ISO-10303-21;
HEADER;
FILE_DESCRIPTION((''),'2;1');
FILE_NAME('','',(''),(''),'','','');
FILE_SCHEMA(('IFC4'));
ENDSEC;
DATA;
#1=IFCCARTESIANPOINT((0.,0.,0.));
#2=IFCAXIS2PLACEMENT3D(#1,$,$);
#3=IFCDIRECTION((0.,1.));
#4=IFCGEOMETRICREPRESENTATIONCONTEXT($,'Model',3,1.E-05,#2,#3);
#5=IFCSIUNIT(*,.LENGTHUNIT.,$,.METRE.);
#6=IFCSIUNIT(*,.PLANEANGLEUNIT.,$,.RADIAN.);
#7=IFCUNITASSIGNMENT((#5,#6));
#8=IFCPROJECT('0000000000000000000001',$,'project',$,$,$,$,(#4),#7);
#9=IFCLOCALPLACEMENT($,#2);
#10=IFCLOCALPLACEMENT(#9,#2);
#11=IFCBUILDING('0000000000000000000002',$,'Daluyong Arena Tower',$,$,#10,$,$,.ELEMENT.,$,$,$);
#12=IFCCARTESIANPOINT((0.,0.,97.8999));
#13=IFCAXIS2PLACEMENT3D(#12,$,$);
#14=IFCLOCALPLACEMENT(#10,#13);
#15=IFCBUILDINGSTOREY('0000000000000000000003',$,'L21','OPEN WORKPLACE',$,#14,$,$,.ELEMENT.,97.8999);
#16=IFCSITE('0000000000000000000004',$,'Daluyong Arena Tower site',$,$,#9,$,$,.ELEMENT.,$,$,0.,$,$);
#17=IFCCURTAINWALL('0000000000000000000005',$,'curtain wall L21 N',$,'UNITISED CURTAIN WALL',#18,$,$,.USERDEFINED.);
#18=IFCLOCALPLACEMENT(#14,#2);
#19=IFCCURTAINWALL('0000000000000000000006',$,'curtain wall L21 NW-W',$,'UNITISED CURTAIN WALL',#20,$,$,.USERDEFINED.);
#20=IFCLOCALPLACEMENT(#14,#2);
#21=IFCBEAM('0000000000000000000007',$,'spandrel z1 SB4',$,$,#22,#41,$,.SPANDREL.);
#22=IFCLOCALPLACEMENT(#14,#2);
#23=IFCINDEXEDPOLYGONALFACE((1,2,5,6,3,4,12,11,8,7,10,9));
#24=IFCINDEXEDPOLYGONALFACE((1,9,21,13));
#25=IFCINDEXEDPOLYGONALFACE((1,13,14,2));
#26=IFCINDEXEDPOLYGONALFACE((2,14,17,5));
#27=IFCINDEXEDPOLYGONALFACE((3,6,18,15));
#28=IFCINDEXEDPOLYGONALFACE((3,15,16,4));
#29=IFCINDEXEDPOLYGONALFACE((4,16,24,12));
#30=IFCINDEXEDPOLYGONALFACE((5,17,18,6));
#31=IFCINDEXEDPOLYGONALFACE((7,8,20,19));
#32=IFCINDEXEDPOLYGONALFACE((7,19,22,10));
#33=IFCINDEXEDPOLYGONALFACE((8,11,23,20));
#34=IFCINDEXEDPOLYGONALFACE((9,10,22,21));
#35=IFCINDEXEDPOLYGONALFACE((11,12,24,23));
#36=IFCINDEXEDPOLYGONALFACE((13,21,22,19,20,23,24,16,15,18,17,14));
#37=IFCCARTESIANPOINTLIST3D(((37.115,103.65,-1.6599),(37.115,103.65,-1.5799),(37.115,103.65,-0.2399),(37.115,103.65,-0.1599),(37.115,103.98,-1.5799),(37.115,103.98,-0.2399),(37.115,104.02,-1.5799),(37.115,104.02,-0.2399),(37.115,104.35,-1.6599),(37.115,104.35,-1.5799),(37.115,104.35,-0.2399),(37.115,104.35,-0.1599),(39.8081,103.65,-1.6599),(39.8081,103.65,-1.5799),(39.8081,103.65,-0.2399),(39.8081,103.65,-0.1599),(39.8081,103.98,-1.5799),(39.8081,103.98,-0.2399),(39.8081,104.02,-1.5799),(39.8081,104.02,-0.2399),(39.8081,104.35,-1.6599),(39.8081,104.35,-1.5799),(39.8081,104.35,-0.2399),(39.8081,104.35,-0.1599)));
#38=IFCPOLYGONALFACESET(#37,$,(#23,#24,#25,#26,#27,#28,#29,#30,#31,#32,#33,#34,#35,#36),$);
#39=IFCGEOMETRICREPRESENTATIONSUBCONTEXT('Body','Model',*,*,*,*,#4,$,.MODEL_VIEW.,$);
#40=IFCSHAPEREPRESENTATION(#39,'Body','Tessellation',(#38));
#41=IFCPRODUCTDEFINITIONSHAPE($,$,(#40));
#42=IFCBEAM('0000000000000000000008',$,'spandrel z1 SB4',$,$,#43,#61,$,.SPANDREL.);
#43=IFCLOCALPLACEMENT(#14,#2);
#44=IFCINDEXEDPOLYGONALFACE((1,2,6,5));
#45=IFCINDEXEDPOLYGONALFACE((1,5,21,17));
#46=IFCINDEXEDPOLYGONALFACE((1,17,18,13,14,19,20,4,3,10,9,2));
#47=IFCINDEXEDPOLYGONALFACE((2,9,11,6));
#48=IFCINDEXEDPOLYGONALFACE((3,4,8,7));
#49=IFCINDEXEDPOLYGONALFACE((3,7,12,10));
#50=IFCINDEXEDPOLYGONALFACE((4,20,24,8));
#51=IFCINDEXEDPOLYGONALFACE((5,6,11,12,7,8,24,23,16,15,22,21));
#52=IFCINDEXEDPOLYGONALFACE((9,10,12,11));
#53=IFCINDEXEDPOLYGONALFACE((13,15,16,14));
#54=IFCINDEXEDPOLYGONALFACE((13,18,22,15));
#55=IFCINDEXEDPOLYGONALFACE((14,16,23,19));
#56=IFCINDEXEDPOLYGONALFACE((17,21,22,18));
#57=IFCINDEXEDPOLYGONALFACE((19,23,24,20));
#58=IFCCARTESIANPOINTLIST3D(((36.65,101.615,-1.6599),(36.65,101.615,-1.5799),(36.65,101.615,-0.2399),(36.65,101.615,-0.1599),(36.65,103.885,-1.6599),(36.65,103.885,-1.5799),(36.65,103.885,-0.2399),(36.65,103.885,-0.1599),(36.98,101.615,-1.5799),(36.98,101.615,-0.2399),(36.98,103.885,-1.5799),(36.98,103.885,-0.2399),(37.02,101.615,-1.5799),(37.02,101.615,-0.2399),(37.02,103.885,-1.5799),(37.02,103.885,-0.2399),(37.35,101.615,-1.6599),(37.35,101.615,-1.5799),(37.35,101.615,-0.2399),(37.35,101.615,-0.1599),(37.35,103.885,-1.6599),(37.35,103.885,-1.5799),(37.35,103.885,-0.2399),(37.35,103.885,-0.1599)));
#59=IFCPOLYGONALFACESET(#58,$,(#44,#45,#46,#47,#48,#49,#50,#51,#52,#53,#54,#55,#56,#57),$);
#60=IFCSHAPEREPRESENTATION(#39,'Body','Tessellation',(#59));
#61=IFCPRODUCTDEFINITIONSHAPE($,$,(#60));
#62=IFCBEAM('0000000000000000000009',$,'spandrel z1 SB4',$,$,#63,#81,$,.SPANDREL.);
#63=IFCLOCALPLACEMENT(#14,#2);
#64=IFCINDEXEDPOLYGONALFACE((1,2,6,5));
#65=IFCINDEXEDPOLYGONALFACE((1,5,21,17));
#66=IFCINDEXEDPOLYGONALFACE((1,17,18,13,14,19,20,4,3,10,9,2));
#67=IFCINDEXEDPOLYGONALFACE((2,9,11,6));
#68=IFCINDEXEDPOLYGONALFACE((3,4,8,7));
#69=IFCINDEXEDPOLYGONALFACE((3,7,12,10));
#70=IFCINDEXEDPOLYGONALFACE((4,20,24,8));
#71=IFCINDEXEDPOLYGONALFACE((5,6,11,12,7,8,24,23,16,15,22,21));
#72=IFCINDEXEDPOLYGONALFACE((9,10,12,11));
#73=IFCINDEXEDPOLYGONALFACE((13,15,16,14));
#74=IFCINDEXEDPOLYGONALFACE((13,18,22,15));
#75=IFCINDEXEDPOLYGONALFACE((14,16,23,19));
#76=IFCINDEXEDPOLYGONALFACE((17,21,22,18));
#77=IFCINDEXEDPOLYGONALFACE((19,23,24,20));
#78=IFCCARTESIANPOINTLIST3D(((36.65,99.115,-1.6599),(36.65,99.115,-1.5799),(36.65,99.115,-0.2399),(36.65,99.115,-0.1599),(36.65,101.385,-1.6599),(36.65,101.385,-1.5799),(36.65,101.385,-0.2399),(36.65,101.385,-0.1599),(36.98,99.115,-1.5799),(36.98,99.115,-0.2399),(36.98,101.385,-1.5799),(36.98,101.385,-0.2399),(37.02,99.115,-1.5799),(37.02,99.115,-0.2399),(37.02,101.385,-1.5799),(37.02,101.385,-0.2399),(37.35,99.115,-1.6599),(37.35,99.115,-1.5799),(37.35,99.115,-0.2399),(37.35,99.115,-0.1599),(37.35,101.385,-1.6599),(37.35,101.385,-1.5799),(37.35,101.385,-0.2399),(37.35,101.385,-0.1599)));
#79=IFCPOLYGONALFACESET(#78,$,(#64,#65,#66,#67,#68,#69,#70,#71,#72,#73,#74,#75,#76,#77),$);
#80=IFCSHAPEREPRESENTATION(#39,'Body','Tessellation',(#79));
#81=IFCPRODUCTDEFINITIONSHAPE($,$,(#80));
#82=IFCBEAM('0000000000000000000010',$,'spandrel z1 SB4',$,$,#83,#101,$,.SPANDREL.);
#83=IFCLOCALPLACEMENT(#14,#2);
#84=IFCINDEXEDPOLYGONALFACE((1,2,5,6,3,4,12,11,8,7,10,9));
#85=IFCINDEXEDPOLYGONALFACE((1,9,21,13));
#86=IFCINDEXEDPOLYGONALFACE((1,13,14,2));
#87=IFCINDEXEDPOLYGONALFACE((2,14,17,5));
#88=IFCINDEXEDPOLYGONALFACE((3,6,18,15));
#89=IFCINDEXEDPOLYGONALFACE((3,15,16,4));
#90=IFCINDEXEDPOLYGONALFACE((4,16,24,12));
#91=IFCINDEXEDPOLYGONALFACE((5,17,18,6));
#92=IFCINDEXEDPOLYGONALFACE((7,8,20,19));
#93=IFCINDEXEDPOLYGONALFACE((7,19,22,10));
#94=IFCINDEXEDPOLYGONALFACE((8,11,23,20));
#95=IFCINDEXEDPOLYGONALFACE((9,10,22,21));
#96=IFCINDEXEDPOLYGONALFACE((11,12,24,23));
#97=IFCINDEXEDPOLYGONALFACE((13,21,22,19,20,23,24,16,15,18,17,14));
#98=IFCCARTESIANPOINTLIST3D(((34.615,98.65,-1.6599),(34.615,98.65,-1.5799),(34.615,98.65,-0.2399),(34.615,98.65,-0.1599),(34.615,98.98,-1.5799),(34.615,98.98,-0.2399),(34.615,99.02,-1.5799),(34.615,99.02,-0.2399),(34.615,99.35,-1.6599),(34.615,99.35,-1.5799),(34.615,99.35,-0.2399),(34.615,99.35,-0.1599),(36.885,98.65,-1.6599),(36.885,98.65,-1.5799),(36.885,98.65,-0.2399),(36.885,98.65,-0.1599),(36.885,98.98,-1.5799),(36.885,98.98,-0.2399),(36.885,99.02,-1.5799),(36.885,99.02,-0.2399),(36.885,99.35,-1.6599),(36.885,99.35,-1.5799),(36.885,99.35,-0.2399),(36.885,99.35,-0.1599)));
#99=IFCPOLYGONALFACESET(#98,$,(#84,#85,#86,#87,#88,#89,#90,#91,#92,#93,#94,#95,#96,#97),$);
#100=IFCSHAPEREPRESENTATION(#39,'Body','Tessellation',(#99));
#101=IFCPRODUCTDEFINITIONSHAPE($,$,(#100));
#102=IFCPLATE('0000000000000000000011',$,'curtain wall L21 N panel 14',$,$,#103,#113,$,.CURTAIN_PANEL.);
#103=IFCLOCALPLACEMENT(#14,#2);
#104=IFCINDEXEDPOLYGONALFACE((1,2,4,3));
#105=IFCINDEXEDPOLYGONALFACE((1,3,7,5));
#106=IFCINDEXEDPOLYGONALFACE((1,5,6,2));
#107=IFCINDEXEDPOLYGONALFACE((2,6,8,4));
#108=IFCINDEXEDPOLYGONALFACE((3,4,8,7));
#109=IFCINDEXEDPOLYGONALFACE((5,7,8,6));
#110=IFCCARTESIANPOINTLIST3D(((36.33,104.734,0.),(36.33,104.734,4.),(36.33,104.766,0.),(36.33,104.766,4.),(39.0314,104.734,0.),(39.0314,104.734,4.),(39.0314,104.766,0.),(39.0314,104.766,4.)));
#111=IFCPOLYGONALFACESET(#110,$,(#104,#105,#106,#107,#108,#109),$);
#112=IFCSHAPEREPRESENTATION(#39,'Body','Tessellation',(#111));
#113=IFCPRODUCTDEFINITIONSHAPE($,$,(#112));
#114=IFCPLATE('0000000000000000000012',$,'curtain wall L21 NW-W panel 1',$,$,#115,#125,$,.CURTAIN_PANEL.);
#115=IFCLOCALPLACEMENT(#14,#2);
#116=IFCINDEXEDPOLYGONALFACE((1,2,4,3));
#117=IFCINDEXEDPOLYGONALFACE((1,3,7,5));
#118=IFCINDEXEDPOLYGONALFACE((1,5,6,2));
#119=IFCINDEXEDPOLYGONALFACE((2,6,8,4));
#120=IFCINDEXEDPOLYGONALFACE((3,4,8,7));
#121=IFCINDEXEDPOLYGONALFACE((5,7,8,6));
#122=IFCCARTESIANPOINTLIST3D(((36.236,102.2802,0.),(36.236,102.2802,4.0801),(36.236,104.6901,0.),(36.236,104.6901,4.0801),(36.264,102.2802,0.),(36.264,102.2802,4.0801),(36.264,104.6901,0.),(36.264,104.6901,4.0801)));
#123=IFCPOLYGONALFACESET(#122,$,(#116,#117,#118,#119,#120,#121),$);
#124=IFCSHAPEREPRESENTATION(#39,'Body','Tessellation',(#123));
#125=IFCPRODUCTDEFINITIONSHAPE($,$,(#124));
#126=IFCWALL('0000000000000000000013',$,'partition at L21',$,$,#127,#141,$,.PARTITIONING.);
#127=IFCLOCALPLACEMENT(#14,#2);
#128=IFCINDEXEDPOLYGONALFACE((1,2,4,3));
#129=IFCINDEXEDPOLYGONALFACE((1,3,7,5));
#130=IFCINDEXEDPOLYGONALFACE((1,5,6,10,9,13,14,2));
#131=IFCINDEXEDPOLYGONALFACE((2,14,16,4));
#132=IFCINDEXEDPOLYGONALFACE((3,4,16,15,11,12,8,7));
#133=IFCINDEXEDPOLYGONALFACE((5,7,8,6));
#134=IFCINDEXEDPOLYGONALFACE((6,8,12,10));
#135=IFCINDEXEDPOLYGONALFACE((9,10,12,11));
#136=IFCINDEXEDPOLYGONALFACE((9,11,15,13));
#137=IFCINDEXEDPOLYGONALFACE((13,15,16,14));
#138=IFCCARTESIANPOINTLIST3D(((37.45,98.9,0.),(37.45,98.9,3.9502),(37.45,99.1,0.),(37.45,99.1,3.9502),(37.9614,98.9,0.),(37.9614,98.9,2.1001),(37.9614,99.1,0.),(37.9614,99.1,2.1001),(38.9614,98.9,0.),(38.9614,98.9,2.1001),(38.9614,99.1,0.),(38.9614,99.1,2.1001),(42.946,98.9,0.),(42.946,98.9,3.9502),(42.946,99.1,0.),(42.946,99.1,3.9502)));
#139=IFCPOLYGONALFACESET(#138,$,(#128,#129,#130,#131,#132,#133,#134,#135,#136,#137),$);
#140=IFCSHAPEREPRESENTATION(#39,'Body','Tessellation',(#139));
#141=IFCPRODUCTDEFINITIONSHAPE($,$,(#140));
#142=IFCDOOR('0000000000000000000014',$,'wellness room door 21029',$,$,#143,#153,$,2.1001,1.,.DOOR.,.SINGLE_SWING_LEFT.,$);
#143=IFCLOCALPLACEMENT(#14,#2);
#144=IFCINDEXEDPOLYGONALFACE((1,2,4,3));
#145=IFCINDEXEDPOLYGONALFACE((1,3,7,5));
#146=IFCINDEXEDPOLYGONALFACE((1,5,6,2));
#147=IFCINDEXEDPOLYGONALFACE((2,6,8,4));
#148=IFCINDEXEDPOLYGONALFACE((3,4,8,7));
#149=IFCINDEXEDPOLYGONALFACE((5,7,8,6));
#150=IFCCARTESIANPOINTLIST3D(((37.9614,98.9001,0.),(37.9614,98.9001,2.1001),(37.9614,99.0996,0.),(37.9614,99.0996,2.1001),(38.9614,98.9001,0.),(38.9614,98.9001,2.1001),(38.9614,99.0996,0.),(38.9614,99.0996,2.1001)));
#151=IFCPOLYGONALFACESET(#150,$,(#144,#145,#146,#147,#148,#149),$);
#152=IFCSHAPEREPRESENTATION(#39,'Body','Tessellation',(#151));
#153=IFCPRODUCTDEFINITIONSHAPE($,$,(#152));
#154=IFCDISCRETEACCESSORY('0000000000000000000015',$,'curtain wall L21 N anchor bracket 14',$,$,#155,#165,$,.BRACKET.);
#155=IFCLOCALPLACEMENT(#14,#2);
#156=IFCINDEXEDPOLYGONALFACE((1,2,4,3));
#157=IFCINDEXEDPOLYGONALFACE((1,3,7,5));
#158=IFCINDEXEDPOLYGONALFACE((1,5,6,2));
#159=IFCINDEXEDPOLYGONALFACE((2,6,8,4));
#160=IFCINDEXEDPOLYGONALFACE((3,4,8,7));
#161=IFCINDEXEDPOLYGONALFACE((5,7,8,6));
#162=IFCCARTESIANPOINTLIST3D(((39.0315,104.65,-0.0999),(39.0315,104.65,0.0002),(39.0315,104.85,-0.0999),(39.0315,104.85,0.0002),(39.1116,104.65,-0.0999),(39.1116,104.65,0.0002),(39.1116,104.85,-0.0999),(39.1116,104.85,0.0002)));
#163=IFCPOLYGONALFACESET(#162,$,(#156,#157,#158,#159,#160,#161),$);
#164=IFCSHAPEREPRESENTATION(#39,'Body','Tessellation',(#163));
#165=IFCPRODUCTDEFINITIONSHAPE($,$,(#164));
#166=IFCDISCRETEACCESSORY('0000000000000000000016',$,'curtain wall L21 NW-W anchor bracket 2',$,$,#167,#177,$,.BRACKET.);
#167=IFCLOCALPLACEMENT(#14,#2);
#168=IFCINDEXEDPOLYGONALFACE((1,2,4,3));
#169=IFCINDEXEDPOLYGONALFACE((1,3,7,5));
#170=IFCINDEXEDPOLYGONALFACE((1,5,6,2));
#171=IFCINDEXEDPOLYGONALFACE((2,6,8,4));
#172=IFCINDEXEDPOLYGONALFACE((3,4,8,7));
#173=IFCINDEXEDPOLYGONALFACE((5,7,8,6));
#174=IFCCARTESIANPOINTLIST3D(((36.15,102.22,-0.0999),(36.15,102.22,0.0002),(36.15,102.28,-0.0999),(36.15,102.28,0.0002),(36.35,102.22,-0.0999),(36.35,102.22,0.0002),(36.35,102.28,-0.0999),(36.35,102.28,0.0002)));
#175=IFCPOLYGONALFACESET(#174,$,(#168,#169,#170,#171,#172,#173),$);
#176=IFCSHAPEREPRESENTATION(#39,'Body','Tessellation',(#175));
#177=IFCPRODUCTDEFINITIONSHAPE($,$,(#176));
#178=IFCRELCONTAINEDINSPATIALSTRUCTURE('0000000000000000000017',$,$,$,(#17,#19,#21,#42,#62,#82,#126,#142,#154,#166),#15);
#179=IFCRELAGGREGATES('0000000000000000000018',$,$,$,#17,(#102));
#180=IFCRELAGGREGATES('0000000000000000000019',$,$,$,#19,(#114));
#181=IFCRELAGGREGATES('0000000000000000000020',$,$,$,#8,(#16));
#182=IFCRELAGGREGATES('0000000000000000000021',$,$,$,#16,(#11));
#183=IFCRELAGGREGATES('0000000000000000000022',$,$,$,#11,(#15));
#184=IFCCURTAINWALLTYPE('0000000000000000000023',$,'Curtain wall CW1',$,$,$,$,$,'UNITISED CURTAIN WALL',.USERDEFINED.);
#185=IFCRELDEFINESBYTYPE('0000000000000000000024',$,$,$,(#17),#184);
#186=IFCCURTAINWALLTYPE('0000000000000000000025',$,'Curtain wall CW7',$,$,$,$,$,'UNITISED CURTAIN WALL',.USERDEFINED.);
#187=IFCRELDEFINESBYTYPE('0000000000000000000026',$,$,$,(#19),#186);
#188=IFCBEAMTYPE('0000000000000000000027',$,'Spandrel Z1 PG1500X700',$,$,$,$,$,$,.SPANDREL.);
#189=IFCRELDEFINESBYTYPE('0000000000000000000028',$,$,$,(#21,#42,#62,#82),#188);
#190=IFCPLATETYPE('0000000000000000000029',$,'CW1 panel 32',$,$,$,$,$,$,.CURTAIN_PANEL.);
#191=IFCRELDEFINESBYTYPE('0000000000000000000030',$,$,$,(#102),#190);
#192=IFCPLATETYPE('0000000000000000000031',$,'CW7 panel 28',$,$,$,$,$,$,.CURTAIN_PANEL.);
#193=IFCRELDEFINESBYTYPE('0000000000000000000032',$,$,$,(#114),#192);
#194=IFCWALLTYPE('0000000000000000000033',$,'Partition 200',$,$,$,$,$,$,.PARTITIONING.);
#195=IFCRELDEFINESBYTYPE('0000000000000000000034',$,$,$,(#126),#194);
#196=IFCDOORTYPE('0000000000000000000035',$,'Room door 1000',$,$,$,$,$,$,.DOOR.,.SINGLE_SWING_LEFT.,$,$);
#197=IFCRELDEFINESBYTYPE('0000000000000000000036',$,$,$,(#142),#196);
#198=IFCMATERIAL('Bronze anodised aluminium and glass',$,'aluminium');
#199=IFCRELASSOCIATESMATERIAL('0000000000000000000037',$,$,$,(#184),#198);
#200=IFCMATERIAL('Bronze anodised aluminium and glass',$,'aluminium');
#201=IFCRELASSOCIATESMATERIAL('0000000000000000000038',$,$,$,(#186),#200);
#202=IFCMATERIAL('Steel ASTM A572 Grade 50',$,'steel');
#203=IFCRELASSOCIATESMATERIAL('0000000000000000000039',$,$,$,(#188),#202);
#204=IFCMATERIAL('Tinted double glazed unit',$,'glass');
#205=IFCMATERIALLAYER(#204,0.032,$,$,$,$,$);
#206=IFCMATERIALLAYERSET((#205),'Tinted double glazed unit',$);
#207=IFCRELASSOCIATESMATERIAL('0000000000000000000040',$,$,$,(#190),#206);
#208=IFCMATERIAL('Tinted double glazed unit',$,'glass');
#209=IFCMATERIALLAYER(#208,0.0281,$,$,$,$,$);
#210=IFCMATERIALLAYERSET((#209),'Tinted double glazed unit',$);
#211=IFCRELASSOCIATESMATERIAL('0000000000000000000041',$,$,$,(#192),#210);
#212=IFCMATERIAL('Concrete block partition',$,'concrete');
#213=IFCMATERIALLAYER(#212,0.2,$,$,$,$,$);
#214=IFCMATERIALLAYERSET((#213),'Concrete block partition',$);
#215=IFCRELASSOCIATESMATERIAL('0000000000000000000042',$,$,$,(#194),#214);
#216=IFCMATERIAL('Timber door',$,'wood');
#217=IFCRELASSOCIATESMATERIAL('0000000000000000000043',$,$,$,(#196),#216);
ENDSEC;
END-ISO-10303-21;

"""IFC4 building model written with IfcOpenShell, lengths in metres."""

from ifc_helpers import new_model, si_unit, direction, frame, frame_2d, origin, origin_2d, place, context, subcontext, project, spatial, rectangle, i_section, extrude, material, layer, layer_set, material_profile, profile_set, type_object, element, fill, aggregate, save


model = new_model("IFC4")

# Units and contexts
model_context = context("Model", 3, precision=1e-05, world=origin(), true_north=direction((0.0, 1.0)))
body_context = subcontext(model_context, "Body", "Model", "MODEL_VIEW")
ifc_project = project(units=[si_unit("LENGTHUNIT", "METRE"), si_unit("PLANEANGLEUNIT", "RADIAN")], contexts=[model_context])

# Site, building, storey
site_placement = place(None, origin())
site = spatial("IfcSite", under=ifc_project, at=site_placement, Name="Daluyong Arena Tower site", CompositionType="ELEMENT", RefElevation=0.0)
building_placement = place(site_placement, origin())
building = spatial("IfcBuilding", under=site, at=building_placement, Name="Daluyong Arena Tower", CompositionType="ELEMENT")
storey_placement = place(building_placement, frame((0.0, 0.0, 97.8999)))
storey = spatial("IfcBuildingStorey", under=building, at=storey_placement, Name="L21", Description="OPEN WORKPLACE", CompositionType="ELEMENT", Elevation=97.8999)

# Curtain walls
ifc_material_1 = material(Name="Bronze anodised aluminium and glass", Category="aluminium")
curtain_wall_type_1 = type_object("IfcCurtainWallType", Name="Curtain wall CW1", ElementType="UNITISED CURTAIN WALL", PredefinedType="USERDEFINED", material=ifc_material_1)
curtain_wall_1_placement = place(storey_placement, origin())
curtain_wall_1 = element("IfcCurtainWall", 1, at=curtain_wall_1_placement, inside=storey, type_object=curtain_wall_type_1, Name="curtain wall L21 N", ObjectType="UNITISED CURTAIN WALL", PredefinedType="USERDEFINED")
ifc_material_2 = material(Name="Bronze anodised aluminium and glass", Category="aluminium")
curtain_wall_type_2 = type_object("IfcCurtainWallType", Name="Curtain wall CW7", ElementType="UNITISED CURTAIN WALL", PredefinedType="USERDEFINED", material=ifc_material_2)
curtain_wall_2_placement = place(storey_placement, origin())
curtain_wall_2 = element("IfcCurtainWall", 2, at=curtain_wall_2_placement, inside=storey, type_object=curtain_wall_type_2, Name="curtain wall L21 NW-W", ObjectType="UNITISED CURTAIN WALL", PredefinedType="USERDEFINED")

# Beams
ifc_material_3 = material(Name="Steel ASTM A572 Grade 50", Category="steel")
ifc_material_profile_1 = material_profile(ifc_material_3, i_section(OverallWidth=0.7, OverallDepth=1.5, WebThickness=0.04, FlangeThickness=0.08, at=origin_2d()))
ifc_profile_set_1 = profile_set([ifc_material_profile_1], Name="Steel ASTM A572 Grade 50")
beam_type_1 = type_object("IfcBeamType", Name="Spandrel Z1 PG1500X700", PredefinedType="SPANDREL", material=ifc_profile_set_1)
beam_1_placement = place(storey_placement, frame((39.8081, 104.0, -0.9099), z_axis=(-1.0, 0.0, 0.0), x_axis=(0.0, -1.0, 0.0)))
element("IfcBeam", 3, at=beam_1_placement, inside=storey, type_object=beam_type_1, Name="spandrel z1 SB4", PredefinedType="SPANDREL", context=body_context, shape_type="SweptSolid", body=[
    extrude(i_section(OverallWidth=0.7, OverallDepth=1.5, WebThickness=0.04, FlangeThickness=0.08, at=origin_2d()), origin(), (0.0, 0.0, 1.0), 2.6931),
])
for number, where, z_axis, x_axis, name in (
    (4, (37.0, 103.885, -0.9099), (0.0, -1.0, 0.0), (1.0, 0.0, 0.0), "spandrel z1 SB4"),
    (5, (37.0, 101.385, -0.9099), (0.0, -1.0, 0.0), (1.0, 0.0, 0.0), "spandrel z1 SB4"),
    (6, (36.885, 99.0, -0.9099), (-1.0, 0.0, 0.0), (0.0, -1.0, 0.0), "spandrel z1 SB4"),
):
    element("IfcBeam", number, at=place(storey_placement, frame(where, z_axis=z_axis, x_axis=x_axis)), inside=storey, type_object=beam_type_1, Name=name, PredefinedType="SPANDREL", context=body_context, shape_type="SweptSolid", body=[
        extrude(i_section(OverallWidth=0.7, OverallDepth=1.5, WebThickness=0.04, FlangeThickness=0.08, at=origin_2d()), origin(), (0.0, 0.0, 1.0), 2.27),
    ])

# Plates
ifc_material_4 = material(Name="Tinted double glazed unit", Category="glass")
ifc_layer_1 = layer(ifc_material_4, 0.032)
ifc_layer_set_1 = layer_set([ifc_layer_1], Name="Tinted double glazed unit")
plate_type_1 = type_object("IfcPlateType", Name="CW1 panel 32", PredefinedType="CURTAIN_PANEL", material=ifc_layer_set_1)
plate_1_placement = place(storey_placement, frame((37.6807, 104.75, 0.0), z_axis=(0.0, 0.0, 1.0), x_axis=(-1.0, 0.0, 0.0)))
plate_1 = element("IfcPlate", 7, at=plate_1_placement, type_object=plate_type_1, Name="curtain wall L21 N panel 14", PredefinedType="CURTAIN_PANEL", context=body_context, shape_type="SweptSolid", body=[
    extrude(rectangle(XDim=2.7014, YDim=0.032, at=origin_2d()), origin(), (0.0, 0.0, 1.0), 4.0),
])
aggregate(curtain_wall_1, [plate_1])
ifc_material_5 = material(Name="Tinted double glazed unit", Category="glass")
ifc_layer_2 = layer(ifc_material_5, 0.0281)
ifc_layer_set_2 = layer_set([ifc_layer_2], Name="Tinted double glazed unit")
plate_type_2 = type_object("IfcPlateType", Name="CW7 panel 28", PredefinedType="CURTAIN_PANEL", material=ifc_layer_set_2)
plate_2_placement = place(storey_placement, frame((36.25, 103.4851, 0.0), z_axis=(0.0, 0.0, 1.0), x_axis=(0.0, -1.0, 0.0)))
plate_2 = element("IfcPlate", 8, at=plate_2_placement, type_object=plate_type_2, Name="curtain wall L21 NW-W panel 1", PredefinedType="CURTAIN_PANEL", context=body_context, shape_type="SweptSolid", body=[
    extrude(rectangle(XDim=2.4099, YDim=0.0281, at=origin_2d()), origin(), (0.0, 0.0, 1.0), 4.0801),
])
aggregate(curtain_wall_2, [plate_2])

# Wall, opening, door
ifc_material_6 = material(Name="Concrete block partition", Category="concrete")
ifc_layer_3 = layer(ifc_material_6, 0.2)
ifc_layer_set_3 = layer_set([ifc_layer_3], Name="Concrete block partition")
wall_type = type_object("IfcWallType", Name="Partition 200", PredefinedType="PARTITIONING", material=ifc_layer_set_3)
wall_placement = place(storey_placement, frame((37.45, 99.0, 0.0), z_axis=(0.0, 0.0, 1.0), x_axis=(1.0, 0.0, 0.0)))
wall = element("IfcWall", 9, at=wall_placement, inside=storey, type_object=wall_type, Name="partition at L21", PredefinedType="PARTITIONING", context=body_context, shape_type="SweptSolid", body=[
    extrude(rectangle(XDim=5.4961, YDim=0.2, at=frame_2d((2.748, 0.0))), origin(), (0.0, 0.0, 1.0), 3.9502),
])
opening_placement = place(wall_placement, frame((0.5115, 0.0, 0.0)))
opening = element("IfcOpeningElement", 10, at=opening_placement, cuts=wall, PredefinedType="OPENING", context=body_context, shape_type="SweptSolid", body=[
    extrude(rectangle(XDim=1.0, YDim=2.1001, at=frame_2d((0.5, 1.05))), frame((0.0, 0.1099, 0.0), z_axis=(0.0, -1.0, 0.0), x_axis=(1.0, 0.0, 0.0)), (0.0, 0.0, 1.0), 0.22),
])
ifc_material_7 = material(Name="Timber door", Category="wood")
door_type = type_object("IfcDoorType", Name="Room door 1000", OperationType="SINGLE_SWING_LEFT", PredefinedType="DOOR", material=ifc_material_7)
door_placement = place(opening_placement, origin())
door = element("IfcDoor", 11, at=door_placement, inside=storey, type_object=door_type, Name="wellness room door 21029", OperationType="SINGLE_SWING_LEFT", OverallHeight=2.1001, OverallWidth=1.0, PredefinedType="DOOR", context=body_context, shape_type="SweptSolid", body=[
    extrude(rectangle(XDim=1.0, YDim=2.1001, at=frame_2d((0.5, 1.05))), frame((0.0, 0.0996, 0.0), z_axis=(0.0, -1.0, 0.0), x_axis=(1.0, 0.0, 0.0)), (0.0, 0.0, 1.0), 0.1995),
])
fill(opening, door)

# Discrete accessories
discrete_accessory_1_placement = place(storey_placement, frame((39.0715, 104.75, -0.0999), z_axis=(0.0, 0.0, 1.0), x_axis=(-1.0, 0.0, 0.0)))
element("IfcDiscreteAccessory", 12, at=discrete_accessory_1_placement, inside=storey, Name="curtain wall L21 N anchor bracket 14", PredefinedType="BRACKET", context=body_context, shape_type="SweptSolid", body=[
    extrude(rectangle(XDim=0.0801, YDim=0.2, at=origin_2d()), origin(), (0.0, 0.0, 1.0), 0.1001),
])
discrete_accessory_2_placement = place(storey_placement, frame((36.25, 102.25, -0.0999), z_axis=(0.0, 0.0, 1.0), x_axis=(0.0, -1.0, 0.0)))
element("IfcDiscreteAccessory", 13, at=discrete_accessory_2_placement, inside=storey, Name="curtain wall L21 NW-W anchor bracket 2", PredefinedType="BRACKET", context=body_context, shape_type="SweptSolid", body=[
    extrude(rectangle(XDim=0.0601, YDim=0.2, at=origin_2d()), origin(), (0.0, 0.0, 1.0), 0.1001),
])

save(model, "model.ifc")
